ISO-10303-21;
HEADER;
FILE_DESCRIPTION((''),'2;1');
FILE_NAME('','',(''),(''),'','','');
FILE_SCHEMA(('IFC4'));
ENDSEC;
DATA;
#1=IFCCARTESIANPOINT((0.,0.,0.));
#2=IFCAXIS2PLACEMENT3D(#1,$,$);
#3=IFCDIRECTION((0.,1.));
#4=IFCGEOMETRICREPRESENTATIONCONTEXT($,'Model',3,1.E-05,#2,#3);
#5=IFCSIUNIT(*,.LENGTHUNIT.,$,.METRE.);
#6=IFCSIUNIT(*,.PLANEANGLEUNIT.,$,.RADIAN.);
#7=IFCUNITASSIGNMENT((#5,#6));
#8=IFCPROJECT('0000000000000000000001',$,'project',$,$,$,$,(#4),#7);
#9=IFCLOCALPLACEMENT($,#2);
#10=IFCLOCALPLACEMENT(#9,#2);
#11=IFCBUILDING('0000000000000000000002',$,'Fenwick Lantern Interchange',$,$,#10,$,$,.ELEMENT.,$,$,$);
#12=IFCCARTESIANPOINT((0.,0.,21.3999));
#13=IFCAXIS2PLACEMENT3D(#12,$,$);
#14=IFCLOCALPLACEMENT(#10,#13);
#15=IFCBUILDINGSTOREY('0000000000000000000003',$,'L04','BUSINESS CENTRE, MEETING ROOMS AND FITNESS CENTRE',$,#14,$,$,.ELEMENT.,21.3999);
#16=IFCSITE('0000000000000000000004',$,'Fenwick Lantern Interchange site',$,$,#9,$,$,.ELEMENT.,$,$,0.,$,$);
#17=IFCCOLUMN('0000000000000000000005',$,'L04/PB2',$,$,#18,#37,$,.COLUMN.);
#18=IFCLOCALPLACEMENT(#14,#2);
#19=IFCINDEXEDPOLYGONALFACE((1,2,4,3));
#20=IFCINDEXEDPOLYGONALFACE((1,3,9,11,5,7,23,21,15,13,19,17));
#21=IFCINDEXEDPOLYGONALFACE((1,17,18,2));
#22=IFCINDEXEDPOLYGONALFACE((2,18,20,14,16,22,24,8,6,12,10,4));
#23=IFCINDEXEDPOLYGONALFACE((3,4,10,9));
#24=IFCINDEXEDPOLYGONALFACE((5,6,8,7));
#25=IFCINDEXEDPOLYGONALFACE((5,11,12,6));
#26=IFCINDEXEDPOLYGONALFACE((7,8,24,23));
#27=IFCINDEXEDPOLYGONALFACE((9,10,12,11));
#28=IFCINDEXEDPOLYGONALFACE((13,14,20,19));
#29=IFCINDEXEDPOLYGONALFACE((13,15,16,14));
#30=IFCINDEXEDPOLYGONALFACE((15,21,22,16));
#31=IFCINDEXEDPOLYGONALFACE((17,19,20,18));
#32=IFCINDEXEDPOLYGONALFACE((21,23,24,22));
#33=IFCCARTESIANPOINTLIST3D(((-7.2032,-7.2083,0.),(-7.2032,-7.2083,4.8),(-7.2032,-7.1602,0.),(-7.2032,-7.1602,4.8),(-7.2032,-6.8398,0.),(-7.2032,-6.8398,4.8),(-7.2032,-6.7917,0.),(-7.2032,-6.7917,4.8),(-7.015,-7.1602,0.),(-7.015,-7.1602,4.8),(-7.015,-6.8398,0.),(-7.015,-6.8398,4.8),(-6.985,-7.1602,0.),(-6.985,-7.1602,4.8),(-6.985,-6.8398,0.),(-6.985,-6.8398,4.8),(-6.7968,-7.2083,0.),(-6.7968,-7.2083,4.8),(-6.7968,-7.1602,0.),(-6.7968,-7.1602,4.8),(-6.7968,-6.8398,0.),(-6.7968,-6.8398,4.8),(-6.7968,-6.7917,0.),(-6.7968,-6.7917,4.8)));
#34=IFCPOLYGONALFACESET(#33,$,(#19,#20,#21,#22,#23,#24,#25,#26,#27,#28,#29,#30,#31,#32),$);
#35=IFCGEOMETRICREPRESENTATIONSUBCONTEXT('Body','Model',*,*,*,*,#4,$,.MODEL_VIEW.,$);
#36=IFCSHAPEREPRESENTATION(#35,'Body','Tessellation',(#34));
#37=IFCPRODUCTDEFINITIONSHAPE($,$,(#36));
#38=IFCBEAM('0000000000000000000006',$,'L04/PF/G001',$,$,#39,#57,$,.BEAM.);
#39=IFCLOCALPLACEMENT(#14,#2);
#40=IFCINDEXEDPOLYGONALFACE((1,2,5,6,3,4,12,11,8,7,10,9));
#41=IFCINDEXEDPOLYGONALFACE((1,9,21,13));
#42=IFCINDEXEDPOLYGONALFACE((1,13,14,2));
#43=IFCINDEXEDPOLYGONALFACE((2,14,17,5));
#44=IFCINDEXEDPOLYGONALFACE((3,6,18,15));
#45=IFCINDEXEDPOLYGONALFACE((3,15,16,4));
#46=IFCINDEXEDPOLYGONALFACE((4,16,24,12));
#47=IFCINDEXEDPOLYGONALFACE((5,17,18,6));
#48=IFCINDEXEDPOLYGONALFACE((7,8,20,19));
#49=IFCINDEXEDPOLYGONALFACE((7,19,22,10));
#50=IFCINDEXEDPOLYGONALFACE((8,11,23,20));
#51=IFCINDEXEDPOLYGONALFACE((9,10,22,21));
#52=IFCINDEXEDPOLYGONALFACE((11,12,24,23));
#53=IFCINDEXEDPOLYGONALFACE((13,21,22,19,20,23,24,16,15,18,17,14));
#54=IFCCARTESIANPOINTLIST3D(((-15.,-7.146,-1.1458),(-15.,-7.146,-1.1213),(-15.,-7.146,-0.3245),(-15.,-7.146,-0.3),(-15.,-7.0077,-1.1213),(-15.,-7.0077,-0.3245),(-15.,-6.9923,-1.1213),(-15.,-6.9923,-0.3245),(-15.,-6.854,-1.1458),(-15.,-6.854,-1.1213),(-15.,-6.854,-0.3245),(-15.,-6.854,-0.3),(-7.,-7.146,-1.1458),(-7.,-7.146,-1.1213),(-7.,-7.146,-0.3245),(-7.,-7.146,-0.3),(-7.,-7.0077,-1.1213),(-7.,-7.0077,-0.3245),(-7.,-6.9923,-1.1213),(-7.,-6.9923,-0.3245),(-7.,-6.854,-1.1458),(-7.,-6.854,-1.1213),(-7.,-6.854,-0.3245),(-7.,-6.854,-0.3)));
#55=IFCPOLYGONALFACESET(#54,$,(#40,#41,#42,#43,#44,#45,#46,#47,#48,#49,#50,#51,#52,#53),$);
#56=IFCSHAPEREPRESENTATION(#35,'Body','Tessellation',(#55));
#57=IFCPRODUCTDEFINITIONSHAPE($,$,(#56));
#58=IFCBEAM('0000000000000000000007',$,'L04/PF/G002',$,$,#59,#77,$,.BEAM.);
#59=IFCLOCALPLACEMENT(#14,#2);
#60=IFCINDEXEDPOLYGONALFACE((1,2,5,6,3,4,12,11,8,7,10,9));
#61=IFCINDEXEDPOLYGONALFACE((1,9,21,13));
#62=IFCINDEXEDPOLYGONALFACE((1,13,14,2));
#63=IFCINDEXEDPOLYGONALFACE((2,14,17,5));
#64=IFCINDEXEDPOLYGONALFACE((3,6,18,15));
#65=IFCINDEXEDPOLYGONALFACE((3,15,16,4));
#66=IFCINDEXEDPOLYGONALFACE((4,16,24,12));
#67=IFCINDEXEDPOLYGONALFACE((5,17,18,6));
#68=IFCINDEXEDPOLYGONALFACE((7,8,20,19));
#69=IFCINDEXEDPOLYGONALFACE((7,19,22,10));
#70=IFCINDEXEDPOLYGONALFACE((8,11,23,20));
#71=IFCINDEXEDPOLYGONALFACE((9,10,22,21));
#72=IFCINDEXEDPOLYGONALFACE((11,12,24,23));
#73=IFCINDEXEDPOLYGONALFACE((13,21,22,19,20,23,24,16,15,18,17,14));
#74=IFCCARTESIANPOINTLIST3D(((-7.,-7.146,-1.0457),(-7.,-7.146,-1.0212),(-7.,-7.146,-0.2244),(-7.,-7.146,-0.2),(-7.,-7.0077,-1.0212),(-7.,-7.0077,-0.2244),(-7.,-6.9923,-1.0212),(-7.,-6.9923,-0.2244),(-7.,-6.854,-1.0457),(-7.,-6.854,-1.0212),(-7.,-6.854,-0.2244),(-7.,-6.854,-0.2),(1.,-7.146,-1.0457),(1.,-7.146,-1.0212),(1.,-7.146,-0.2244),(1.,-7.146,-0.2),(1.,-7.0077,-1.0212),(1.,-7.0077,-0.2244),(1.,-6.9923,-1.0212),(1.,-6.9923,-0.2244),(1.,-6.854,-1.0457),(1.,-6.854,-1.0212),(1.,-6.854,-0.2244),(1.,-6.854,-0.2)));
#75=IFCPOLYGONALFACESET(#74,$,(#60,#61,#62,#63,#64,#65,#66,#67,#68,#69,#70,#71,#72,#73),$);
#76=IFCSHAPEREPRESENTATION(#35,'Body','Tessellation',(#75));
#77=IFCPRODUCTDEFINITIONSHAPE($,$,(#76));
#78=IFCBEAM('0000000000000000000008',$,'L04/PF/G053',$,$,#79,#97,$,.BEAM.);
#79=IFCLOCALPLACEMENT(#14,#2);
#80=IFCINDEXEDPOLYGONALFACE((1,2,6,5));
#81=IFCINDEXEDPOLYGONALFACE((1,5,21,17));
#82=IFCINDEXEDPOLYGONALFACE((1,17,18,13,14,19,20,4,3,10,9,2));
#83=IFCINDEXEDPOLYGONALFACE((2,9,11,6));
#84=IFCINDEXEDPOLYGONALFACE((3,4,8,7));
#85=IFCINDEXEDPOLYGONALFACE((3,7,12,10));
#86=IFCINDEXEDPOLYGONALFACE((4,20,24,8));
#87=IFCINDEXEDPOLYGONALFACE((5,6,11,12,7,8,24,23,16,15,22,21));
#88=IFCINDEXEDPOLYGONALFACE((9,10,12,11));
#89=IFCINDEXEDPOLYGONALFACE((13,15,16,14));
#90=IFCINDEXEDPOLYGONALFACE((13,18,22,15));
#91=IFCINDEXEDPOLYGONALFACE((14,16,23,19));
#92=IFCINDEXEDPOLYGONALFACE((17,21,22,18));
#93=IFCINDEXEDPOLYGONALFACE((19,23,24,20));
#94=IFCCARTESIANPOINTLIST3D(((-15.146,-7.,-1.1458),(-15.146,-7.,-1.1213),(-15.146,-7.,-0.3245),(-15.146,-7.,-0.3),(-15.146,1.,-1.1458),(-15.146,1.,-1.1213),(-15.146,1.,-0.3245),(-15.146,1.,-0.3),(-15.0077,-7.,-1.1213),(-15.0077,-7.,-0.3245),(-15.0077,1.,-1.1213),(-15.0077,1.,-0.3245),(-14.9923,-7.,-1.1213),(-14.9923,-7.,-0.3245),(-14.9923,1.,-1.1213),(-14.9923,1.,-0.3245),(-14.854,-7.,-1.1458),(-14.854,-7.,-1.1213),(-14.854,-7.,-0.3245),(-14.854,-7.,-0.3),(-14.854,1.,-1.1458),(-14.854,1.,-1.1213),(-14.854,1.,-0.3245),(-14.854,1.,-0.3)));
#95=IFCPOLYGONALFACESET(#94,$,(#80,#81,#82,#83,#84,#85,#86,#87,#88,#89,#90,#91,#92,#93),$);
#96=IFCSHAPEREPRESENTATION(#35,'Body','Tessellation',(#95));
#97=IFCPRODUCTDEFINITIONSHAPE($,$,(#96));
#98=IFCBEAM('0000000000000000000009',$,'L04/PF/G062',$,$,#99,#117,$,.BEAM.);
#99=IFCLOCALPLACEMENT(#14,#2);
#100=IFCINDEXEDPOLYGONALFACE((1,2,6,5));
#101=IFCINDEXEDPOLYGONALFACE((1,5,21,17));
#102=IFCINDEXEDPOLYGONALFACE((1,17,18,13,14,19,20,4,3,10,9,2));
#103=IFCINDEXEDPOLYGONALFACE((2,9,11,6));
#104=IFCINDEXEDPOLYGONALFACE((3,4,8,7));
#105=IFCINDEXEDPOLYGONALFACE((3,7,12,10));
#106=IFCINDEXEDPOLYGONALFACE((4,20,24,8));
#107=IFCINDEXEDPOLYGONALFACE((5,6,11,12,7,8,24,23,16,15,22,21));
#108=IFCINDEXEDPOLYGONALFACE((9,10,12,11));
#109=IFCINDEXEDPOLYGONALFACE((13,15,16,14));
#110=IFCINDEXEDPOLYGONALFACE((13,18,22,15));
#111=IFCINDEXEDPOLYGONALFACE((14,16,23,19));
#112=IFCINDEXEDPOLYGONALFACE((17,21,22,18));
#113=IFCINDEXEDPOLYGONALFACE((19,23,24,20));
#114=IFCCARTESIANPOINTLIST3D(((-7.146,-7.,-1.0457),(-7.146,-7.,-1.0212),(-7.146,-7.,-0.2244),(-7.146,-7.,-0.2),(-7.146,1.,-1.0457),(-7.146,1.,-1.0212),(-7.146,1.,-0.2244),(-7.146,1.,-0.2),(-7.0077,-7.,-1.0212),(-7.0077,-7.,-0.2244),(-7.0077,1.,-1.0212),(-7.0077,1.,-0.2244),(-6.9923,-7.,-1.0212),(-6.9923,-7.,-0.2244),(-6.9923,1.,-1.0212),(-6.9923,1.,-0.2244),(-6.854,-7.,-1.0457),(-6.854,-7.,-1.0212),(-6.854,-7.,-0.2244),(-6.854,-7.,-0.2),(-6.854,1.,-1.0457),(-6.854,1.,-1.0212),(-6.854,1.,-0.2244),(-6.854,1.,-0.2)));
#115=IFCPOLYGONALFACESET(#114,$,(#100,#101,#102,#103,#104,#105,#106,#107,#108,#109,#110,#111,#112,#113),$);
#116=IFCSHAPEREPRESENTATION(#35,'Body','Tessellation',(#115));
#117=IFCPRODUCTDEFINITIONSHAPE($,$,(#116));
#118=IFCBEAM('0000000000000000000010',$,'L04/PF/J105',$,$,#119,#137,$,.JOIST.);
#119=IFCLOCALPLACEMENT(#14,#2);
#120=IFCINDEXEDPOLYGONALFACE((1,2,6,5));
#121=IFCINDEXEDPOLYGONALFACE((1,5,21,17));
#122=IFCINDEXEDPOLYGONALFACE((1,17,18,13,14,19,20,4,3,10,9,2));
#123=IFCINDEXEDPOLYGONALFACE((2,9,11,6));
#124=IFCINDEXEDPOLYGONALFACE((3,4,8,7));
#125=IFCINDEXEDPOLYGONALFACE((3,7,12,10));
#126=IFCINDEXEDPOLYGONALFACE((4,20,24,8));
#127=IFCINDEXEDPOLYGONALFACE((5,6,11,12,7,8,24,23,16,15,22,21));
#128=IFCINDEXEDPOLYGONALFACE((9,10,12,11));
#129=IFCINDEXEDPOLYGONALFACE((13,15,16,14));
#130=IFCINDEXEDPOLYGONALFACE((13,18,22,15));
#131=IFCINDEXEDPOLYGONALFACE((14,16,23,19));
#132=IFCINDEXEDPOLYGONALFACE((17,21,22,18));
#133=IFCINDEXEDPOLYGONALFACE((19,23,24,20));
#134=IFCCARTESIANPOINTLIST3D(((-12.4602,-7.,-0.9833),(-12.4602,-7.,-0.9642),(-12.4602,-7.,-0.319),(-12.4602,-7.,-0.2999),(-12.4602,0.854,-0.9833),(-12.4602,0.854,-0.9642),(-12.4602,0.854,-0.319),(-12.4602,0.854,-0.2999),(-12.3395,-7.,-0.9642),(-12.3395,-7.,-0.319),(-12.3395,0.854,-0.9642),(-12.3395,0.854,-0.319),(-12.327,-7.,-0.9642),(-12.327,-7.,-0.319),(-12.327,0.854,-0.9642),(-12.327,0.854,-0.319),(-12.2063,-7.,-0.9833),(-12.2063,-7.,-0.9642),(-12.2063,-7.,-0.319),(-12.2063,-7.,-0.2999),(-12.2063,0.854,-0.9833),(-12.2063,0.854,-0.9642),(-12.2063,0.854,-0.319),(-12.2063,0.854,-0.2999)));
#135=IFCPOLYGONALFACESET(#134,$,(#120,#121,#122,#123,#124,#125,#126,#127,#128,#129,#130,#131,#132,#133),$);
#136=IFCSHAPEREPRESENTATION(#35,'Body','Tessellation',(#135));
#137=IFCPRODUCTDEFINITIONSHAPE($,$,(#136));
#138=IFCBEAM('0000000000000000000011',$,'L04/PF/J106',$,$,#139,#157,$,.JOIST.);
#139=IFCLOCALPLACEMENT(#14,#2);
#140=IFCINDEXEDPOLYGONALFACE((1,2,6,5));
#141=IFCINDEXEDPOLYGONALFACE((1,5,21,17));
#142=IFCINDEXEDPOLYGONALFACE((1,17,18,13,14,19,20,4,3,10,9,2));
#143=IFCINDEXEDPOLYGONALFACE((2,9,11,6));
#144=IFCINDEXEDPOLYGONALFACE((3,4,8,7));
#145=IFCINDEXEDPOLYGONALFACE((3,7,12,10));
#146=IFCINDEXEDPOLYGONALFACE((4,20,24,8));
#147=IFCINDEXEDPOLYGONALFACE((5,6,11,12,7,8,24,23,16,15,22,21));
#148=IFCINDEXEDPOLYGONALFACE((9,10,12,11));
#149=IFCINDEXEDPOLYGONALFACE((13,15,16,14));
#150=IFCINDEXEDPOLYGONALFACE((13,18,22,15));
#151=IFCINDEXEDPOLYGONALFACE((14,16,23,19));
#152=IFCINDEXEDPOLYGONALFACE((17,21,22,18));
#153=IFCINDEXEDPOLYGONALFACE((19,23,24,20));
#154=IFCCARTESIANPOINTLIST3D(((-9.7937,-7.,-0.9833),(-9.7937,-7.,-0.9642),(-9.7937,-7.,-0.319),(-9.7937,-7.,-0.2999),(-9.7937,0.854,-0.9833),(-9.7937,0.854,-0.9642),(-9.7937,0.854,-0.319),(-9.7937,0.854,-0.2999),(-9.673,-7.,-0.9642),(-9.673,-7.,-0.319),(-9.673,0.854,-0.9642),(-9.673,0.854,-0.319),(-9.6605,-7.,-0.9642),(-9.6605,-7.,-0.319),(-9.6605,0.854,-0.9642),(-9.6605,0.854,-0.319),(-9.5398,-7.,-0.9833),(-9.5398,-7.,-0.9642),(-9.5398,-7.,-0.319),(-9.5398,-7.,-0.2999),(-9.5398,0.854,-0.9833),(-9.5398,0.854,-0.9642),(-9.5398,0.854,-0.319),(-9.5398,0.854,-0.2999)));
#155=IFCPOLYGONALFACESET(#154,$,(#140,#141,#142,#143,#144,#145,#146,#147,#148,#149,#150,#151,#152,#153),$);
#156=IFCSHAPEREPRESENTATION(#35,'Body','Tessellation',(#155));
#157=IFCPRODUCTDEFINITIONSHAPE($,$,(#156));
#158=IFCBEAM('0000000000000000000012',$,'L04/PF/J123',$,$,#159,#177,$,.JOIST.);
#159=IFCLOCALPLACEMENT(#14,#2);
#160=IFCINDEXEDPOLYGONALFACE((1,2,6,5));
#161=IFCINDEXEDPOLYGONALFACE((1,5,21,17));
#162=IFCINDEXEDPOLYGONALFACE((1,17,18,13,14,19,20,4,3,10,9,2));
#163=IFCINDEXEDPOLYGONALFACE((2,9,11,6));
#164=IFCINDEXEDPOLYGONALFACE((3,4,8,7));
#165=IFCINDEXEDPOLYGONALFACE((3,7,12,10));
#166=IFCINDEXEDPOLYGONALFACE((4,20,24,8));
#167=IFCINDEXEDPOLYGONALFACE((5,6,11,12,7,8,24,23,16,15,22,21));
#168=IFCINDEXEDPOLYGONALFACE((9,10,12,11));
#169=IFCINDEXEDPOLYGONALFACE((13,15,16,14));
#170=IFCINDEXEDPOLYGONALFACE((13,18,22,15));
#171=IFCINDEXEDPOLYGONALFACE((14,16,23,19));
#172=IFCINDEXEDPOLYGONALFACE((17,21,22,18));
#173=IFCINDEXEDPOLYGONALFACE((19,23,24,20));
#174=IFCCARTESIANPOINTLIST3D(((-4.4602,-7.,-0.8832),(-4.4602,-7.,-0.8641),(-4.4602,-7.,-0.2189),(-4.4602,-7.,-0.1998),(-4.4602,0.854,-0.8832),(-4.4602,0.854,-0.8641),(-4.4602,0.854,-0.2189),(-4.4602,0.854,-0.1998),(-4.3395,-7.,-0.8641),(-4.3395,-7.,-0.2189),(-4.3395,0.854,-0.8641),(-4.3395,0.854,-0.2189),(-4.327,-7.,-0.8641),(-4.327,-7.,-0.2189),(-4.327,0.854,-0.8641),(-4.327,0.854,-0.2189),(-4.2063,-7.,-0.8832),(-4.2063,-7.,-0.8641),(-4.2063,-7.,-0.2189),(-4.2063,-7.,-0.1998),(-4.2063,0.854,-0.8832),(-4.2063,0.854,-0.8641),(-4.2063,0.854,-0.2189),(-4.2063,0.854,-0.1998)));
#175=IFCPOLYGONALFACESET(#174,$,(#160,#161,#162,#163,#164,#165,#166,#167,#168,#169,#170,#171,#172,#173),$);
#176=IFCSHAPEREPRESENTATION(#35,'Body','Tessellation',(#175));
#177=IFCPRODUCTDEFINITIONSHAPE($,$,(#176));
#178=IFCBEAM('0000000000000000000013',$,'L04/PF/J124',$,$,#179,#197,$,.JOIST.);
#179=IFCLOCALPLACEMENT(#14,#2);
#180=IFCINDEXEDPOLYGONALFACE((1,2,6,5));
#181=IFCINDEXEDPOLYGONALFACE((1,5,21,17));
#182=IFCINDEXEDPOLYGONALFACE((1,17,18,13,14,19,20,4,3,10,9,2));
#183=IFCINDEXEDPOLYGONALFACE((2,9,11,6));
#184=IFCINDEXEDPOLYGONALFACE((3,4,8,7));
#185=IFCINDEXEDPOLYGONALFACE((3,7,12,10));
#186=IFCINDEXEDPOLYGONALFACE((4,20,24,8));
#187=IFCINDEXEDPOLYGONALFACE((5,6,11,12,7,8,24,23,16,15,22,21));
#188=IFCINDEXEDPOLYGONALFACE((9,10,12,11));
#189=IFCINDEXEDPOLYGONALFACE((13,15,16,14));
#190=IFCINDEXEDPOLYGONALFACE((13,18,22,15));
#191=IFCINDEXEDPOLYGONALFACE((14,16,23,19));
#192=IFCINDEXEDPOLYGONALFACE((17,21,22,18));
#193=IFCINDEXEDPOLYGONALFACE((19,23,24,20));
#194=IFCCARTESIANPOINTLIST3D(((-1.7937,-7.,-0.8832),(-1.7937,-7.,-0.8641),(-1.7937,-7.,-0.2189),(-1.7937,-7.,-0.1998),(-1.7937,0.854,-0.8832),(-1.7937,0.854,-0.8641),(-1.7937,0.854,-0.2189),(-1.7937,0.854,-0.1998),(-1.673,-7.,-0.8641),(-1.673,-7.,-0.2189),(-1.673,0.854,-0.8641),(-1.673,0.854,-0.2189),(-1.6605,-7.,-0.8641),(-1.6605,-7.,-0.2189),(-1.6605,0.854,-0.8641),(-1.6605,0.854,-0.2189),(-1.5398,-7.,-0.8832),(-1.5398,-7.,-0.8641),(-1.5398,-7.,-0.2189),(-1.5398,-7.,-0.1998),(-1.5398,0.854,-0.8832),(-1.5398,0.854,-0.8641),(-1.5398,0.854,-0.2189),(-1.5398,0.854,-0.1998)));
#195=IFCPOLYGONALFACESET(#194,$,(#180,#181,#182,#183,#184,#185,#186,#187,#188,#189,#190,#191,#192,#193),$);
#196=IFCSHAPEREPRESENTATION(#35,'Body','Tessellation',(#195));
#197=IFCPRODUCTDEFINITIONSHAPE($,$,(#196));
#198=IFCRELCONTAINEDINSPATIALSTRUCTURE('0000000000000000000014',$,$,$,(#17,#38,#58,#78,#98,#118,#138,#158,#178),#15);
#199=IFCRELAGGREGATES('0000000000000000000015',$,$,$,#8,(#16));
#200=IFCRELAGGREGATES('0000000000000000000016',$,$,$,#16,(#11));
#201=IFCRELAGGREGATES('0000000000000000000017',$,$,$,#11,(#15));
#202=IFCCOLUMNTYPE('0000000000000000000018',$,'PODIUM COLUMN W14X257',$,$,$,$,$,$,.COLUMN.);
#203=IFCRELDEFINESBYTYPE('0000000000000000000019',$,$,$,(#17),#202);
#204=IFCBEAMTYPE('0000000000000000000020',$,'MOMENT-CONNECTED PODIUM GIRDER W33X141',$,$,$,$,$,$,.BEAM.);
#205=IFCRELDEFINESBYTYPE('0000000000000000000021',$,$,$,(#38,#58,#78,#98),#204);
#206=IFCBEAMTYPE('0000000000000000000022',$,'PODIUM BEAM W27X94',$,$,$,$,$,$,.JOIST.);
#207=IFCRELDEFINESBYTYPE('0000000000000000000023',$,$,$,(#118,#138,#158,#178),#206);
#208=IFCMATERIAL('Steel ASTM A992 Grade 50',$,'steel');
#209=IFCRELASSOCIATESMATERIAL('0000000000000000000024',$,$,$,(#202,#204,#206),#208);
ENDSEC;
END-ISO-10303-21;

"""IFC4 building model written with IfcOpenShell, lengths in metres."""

from ifc_helpers import new_model, si_unit, direction, frame, origin, origin_2d, place, context, subcontext, project, spatial, i_section, extrude, material, material_profile, profile_set, type_object, element, save


model = new_model("IFC4")

# Units and contexts
model_context = context("Model", 3, precision=1e-05, world=origin(), true_north=direction((0.0, 1.0)))
body_context = subcontext(model_context, "Body", "Model", "MODEL_VIEW")
ifc_project = project(units=[si_unit("LENGTHUNIT", "METRE"), si_unit("PLANEANGLEUNIT", "RADIAN")], contexts=[model_context])

# Site, building, storey
site_placement = place(None, origin())
site = spatial("IfcSite", under=ifc_project, at=site_placement, Name="Fenwick Lantern Interchange site", CompositionType="ELEMENT", RefElevation=0.0)
building_placement = place(site_placement, origin())
building = spatial("IfcBuilding", under=site, at=building_placement, Name="Fenwick Lantern Interchange", CompositionType="ELEMENT")
storey_placement = place(building_placement, frame((0.0, 0.0, 21.3999)))
storey = spatial("IfcBuildingStorey", under=building, at=storey_placement, Name="L04", Description="BUSINESS CENTRE, MEETING ROOMS AND FITNESS CENTRE", CompositionType="ELEMENT", Elevation=21.3999)

# Column
ifc_material_1 = material(Name="Steel ASTM A992 Grade 50", Category="steel")
ifc_material_profile_1 = material_profile(ifc_material_1, i_section(OverallWidth=0.4065, OverallDepth=0.4165, WebThickness=0.03, FlangeThickness=0.0481, at=origin_2d()), Name="W14X257")
ifc_profile_set_1 = profile_set([ifc_material_profile_1], Name="Steel ASTM A992 Grade 50")
column_type = type_object("IfcColumnType", Name="PODIUM COLUMN W14X257", PredefinedType="COLUMN", material=ifc_profile_set_1)
column_placement = place(storey_placement, frame((-7.0, -7.0, 0.0), z_axis=(0.0, 0.0, 1.0), x_axis=(1.0, 0.0, 0.0)))
element("IfcColumn", 1, at=column_placement, inside=storey, type_object=column_type, Name="L04/PB2", PredefinedType="COLUMN", context=body_context, shape_type="SweptSolid", body=[
    extrude(i_section(OverallWidth=0.4065, OverallDepth=0.4165, WebThickness=0.03, FlangeThickness=0.0481, at=origin_2d()), origin(), (0.0, 0.0, 1.0), 4.8),
])

# Beams
ifc_material_profile_2 = material_profile(ifc_material_1, i_section(OverallWidth=0.292, OverallDepth=0.8457, WebThickness=0.0154, FlangeThickness=0.0244, at=origin_2d()), Name="W33X141")
ifc_profile_set_2 = profile_set([ifc_material_profile_2], Name="Steel ASTM A992 Grade 50")
beam_type_1 = type_object("IfcBeamType", Name="MOMENT-CONNECTED PODIUM GIRDER W33X141", PredefinedType="BEAM", material=ifc_profile_set_2)
for number, where, z_axis, x_axis, name in (
    (2, (-15.0, -7.0, -0.7229), (1.0, 0.0, 0.0), (0.0, 1.0, 0.0), "L04/PF/G001"),
    (3, (-7.0, -7.0, -0.6228), (1.0, 0.0, 0.0), (0.0, 1.0, 0.0), "L04/PF/G002"),
    (4, (-15.0, -7.0, -0.7229), (0.0, 1.0, 0.0), (-1.0, 0.0, 0.0), "L04/PF/G053"),
    (5, (-7.0, -7.0, -0.6228), (0.0, 1.0, 0.0), (-1.0, 0.0, 0.0), "L04/PF/G062"),
):
    element("IfcBeam", number, at=place(storey_placement, frame(where, z_axis=z_axis, x_axis=x_axis)), inside=storey, type_object=beam_type_1, Name=name, PredefinedType="BEAM", context=body_context, shape_type="SweptSolid", body=[
        extrude(i_section(OverallWidth=0.292, OverallDepth=0.8457, WebThickness=0.0154, FlangeThickness=0.0244, at=origin_2d()), origin(), (0.0, 0.0, 1.0), 8.0),
    ])
ifc_material_profile_3 = material_profile(ifc_material_1, i_section(OverallWidth=0.2539, OverallDepth=0.6833, WebThickness=0.0125, FlangeThickness=0.019, at=origin_2d()), Name="W27X94")
ifc_profile_set_3 = profile_set([ifc_material_profile_3], Name="Steel ASTM A992 Grade 50")
beam_type_2 = type_object("IfcBeamType", Name="PODIUM BEAM W27X94", PredefinedType="JOIST", material=ifc_profile_set_3)
for number, where, z_axis, x_axis, name in (
    (6, (-12.3333, -7.0, -0.6416), (0.0, 1.0, 0.0), (-1.0, 0.0, 0.0), "L04/PF/J105"),
    (7, (-9.6667, -7.0, -0.6416), (0.0, 1.0, 0.0), (-1.0, 0.0, 0.0), "L04/PF/J106"),
    (8, (-4.3333, -7.0, -0.5415), (0.0, 1.0, 0.0), (-1.0, 0.0, 0.0), "L04/PF/J123"),
    (9, (-1.6667, -7.0, -0.5415), (0.0, 1.0, 0.0), (-1.0, 0.0, 0.0), "L04/PF/J124"),
):
    element("IfcBeam", number, at=place(storey_placement, frame(where, z_axis=z_axis, x_axis=x_axis)), inside=storey, type_object=beam_type_2, Name=name, PredefinedType="JOIST", context=body_context, shape_type="SweptSolid", body=[
        extrude(i_section(OverallWidth=0.2539, OverallDepth=0.6833, WebThickness=0.0125, FlangeThickness=0.019, at=origin_2d()), origin(), (0.0, 0.0, 1.0), 7.854),
    ])

save(model, "model.ifc")
